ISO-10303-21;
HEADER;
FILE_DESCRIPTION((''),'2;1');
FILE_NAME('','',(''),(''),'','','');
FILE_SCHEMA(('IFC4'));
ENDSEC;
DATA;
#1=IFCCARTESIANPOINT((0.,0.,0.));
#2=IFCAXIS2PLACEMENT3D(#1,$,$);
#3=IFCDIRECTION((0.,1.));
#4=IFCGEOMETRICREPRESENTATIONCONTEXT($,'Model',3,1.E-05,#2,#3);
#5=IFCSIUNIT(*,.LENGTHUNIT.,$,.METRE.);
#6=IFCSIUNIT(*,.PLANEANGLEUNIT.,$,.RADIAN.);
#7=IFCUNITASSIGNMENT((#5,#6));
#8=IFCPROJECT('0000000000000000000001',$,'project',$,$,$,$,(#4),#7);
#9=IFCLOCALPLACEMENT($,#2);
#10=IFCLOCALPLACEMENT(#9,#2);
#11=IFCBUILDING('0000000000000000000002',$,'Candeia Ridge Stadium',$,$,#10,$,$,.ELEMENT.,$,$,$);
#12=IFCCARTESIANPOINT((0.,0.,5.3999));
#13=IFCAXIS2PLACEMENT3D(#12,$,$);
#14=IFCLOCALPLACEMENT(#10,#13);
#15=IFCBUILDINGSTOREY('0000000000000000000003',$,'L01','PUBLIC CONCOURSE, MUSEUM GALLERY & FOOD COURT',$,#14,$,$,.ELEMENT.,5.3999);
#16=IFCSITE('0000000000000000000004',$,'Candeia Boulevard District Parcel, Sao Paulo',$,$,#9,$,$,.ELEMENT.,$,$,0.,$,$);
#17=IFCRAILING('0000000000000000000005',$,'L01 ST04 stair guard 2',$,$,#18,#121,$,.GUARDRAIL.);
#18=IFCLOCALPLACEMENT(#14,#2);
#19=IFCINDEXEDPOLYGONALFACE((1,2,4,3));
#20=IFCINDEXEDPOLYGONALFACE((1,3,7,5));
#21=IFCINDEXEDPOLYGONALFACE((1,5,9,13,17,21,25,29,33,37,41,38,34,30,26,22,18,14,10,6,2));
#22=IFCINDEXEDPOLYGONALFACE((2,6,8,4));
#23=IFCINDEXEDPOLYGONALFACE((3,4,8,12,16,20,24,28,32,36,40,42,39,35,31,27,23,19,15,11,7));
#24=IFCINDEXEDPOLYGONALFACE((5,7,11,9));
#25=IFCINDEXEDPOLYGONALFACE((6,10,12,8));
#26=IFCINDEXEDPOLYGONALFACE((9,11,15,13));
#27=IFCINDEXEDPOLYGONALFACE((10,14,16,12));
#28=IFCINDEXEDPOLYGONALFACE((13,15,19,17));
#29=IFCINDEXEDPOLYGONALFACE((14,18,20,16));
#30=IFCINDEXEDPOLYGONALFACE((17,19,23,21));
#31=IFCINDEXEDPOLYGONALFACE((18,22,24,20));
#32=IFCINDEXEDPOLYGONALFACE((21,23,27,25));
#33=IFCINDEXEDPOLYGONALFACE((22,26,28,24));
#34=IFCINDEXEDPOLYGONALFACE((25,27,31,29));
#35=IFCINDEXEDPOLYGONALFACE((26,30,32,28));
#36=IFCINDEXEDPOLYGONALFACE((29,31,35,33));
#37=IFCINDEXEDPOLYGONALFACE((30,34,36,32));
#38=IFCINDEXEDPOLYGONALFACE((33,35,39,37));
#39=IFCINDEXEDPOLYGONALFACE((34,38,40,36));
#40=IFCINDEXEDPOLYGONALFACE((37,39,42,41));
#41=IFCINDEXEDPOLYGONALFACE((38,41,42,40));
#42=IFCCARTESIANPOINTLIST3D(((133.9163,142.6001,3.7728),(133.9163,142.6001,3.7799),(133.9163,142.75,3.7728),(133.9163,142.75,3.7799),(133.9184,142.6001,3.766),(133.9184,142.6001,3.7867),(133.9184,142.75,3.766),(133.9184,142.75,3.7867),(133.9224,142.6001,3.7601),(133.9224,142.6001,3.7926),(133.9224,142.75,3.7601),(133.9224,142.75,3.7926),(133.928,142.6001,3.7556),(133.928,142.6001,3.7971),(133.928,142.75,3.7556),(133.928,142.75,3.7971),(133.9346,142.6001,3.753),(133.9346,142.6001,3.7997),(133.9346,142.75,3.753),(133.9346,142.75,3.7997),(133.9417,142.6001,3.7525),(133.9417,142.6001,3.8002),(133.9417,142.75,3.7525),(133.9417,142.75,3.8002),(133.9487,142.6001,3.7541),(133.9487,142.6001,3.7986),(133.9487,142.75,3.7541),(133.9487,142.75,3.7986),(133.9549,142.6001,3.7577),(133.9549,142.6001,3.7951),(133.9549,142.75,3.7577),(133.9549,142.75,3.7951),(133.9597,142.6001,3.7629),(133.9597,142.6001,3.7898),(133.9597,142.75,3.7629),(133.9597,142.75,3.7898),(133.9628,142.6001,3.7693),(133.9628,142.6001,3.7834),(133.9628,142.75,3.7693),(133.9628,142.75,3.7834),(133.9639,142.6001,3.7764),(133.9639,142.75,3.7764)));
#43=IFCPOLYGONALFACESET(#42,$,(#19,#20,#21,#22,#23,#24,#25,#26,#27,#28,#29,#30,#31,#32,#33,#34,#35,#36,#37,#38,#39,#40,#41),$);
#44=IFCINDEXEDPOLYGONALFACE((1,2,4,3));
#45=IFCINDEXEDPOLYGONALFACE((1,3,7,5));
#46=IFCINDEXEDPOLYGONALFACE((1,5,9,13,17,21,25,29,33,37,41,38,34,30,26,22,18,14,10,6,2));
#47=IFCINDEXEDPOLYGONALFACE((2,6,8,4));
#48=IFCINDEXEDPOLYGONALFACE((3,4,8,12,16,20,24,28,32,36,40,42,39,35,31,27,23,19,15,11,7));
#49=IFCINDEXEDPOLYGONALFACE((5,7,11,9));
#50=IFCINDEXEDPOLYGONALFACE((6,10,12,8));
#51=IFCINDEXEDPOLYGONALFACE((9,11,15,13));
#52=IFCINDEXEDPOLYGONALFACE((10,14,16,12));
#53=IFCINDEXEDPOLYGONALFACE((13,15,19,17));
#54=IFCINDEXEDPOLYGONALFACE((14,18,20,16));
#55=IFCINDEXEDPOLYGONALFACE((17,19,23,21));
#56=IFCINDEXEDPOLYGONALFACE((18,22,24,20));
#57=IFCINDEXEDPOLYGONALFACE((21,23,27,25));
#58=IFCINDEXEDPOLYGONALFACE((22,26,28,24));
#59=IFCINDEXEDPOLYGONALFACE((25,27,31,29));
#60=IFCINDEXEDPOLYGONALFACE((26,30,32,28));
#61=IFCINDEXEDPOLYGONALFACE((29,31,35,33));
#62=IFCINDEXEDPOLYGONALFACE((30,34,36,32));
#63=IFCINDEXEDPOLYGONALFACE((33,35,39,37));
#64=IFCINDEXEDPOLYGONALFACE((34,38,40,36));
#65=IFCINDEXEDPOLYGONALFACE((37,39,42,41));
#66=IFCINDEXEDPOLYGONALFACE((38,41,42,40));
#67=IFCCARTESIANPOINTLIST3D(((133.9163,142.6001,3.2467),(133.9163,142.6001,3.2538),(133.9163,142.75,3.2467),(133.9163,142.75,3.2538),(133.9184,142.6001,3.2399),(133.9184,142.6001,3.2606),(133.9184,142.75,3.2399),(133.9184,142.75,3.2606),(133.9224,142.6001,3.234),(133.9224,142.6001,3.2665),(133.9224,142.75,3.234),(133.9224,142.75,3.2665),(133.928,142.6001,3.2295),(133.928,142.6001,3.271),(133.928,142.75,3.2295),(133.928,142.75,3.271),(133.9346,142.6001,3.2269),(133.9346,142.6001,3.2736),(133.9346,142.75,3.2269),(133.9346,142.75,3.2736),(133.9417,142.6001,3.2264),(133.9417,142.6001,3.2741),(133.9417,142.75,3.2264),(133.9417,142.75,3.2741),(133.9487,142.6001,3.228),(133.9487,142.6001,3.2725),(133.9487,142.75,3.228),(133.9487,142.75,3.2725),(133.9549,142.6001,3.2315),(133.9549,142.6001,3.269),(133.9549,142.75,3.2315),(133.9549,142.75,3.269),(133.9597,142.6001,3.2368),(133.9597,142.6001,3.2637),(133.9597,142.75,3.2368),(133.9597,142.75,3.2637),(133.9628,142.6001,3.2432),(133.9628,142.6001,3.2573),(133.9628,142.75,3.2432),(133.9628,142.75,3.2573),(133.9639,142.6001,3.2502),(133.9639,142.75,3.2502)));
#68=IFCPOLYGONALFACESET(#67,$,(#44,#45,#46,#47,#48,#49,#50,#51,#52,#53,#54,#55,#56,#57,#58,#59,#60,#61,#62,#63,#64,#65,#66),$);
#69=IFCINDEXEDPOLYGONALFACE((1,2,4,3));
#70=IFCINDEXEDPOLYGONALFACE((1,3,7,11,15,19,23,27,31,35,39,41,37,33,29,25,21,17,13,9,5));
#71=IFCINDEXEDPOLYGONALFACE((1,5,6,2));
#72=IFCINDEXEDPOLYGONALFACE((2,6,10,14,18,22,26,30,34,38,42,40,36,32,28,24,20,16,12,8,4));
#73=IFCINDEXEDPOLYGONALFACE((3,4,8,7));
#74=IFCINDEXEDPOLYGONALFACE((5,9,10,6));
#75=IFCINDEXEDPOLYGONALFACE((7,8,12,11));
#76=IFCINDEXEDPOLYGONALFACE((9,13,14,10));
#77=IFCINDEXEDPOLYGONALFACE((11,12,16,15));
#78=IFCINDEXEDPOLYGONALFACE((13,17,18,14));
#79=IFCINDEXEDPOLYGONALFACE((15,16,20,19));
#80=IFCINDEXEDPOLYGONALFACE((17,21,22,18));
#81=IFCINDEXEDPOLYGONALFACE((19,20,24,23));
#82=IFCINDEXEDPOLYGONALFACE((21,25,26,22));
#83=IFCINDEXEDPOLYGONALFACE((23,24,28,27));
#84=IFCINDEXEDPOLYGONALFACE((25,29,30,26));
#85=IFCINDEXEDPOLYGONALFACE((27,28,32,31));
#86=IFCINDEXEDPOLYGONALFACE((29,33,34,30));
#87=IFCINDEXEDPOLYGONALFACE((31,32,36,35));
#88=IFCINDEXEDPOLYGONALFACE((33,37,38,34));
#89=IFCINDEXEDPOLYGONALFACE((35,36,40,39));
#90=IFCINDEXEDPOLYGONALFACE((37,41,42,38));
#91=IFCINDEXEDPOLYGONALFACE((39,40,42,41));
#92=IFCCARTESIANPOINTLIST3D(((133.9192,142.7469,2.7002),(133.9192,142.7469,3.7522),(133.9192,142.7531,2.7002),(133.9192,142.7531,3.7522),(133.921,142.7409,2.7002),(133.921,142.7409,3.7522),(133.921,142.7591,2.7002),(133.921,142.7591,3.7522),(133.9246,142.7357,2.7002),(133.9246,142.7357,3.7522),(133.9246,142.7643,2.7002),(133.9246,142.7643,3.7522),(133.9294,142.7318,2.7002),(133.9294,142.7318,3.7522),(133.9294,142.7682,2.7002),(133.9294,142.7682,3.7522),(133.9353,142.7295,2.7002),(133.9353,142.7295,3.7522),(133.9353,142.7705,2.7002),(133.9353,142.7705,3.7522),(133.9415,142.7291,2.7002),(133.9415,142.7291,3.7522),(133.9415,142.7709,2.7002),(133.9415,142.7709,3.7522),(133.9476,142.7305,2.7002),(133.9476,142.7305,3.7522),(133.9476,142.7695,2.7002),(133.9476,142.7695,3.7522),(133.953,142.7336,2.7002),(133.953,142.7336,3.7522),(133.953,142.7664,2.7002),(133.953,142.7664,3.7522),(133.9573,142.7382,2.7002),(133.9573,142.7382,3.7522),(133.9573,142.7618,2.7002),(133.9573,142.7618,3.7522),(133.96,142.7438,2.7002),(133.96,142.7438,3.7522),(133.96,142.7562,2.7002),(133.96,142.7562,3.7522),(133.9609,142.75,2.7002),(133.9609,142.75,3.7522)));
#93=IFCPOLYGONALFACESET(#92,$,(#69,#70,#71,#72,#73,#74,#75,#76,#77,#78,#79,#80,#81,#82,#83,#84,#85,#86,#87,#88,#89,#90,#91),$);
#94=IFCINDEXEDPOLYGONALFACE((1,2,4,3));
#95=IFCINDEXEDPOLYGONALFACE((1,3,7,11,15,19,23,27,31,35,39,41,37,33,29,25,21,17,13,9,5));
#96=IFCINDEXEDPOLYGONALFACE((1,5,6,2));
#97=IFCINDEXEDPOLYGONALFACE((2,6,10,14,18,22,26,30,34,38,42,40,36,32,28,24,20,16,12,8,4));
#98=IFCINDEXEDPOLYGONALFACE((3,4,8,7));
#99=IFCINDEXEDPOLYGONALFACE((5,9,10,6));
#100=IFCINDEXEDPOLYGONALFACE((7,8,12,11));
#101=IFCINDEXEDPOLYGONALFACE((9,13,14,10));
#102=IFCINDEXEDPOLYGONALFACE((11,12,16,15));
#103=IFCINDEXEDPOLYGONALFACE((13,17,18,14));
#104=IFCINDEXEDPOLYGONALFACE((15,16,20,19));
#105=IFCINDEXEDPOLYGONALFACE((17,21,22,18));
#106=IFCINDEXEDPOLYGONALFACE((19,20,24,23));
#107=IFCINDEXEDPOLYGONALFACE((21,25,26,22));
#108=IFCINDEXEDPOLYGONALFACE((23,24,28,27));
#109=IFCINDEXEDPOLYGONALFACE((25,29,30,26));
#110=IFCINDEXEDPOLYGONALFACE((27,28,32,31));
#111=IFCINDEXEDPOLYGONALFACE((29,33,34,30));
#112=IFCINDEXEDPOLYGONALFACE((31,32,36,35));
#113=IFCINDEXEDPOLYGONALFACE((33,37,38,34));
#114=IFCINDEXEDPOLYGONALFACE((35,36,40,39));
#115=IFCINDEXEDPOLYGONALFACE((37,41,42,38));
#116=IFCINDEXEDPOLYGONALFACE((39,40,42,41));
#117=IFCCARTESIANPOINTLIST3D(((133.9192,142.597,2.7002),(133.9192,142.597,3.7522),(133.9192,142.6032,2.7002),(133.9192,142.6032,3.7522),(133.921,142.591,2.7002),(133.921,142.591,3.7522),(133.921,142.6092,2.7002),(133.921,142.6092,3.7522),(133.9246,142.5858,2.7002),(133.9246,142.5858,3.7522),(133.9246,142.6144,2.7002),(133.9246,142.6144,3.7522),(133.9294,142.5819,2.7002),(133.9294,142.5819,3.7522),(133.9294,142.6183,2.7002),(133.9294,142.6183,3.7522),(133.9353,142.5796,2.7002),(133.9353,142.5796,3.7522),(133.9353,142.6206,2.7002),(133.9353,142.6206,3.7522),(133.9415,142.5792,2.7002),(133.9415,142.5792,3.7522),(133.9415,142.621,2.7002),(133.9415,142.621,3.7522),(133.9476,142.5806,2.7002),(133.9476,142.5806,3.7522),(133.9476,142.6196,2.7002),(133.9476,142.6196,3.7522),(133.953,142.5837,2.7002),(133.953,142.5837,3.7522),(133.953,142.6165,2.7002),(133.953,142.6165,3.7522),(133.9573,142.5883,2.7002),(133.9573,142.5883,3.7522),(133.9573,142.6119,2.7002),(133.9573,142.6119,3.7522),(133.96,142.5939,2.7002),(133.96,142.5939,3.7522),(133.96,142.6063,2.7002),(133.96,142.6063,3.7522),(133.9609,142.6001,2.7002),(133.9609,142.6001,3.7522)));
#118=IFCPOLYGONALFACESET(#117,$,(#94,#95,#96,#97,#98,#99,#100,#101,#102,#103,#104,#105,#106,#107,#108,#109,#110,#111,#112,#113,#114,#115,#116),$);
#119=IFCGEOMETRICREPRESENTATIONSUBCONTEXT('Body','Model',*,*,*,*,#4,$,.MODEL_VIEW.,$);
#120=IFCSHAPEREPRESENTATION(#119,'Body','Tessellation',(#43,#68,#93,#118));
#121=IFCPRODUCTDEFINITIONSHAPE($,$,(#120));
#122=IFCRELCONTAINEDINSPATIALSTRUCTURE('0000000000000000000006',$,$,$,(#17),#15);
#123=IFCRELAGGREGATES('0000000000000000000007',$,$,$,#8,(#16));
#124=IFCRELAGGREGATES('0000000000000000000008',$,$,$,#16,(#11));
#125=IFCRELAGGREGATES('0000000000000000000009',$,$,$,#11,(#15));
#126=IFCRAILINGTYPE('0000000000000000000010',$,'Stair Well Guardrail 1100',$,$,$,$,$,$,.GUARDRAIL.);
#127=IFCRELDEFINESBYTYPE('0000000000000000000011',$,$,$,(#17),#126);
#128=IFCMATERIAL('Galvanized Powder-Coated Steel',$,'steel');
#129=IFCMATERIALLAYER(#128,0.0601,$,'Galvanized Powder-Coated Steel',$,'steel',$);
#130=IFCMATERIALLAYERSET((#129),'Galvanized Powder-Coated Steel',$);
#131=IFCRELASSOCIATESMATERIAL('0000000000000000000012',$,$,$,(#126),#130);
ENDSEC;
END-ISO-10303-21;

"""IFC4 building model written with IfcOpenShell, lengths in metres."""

from ifc_helpers import new_model, si_unit, direction, frame, origin, origin_2d, place, context, subcontext, project, spatial, circle, extrude, material, layer, layer_set, type_object, element, save


model = new_model("IFC4")

# Units and contexts
model_context = context("Model", 3, precision=1e-05, world=origin(), true_north=direction((0.0, 1.0)))
body_context = subcontext(model_context, "Body", "Model", "MODEL_VIEW")
ifc_project = project(units=[si_unit("LENGTHUNIT", "METRE"), si_unit("PLANEANGLEUNIT", "RADIAN")], contexts=[model_context])

# Site, building, storey
site_placement = place(None, origin())
site = spatial("IfcSite", under=ifc_project, at=site_placement, Name="Candeia Boulevard District Parcel, Sao Paulo", CompositionType="ELEMENT", RefElevation=0.0)
building_placement = place(site_placement, origin())
building = spatial("IfcBuilding", under=site, at=building_placement, Name="Candeia Ridge Stadium", CompositionType="ELEMENT")
storey_placement = place(building_placement, frame((0.0, 0.0, 5.3999)))
storey = spatial("IfcBuildingStorey", under=building, at=storey_placement, Name="L01", Description="PUBLIC CONCOURSE, MUSEUM GALLERY & FOOD COURT", CompositionType="ELEMENT", Elevation=5.3999)

# Railing
ifc_material_1 = material(Name="Galvanized Powder-Coated Steel", Category="steel")
ifc_layer_1 = layer(ifc_material_1, 0.0601, Name="Galvanized Powder-Coated Steel", Category="steel")
ifc_layer_set_1 = layer_set([ifc_layer_1], Name="Galvanized Powder-Coated Steel")
railing_type_1 = type_object("IfcRailingType", Name="Stair Well Guardrail 1100", PredefinedType="GUARDRAIL", material=ifc_layer_set_1)
railing_1_placement = place(storey_placement, frame((133.9399, 142.75, 2.7002)))
element("IfcRailing", 1, at=railing_1_placement, inside=storey, type_object=railing_type_1, Name="L01 ST04 stair guard 2", PredefinedType="GUARDRAIL", context=body_context, shape_type="SweptSolid", body=[
    extrude(circle(Radius=0.0239, at=origin_2d()), frame((0.0, 0.0, 1.0762), z_axis=(0.0, -1.0, 0.0), x_axis=(1.0, 0.0, 0.0)), (0.0, 0.0, 1.0), 0.1499),
    extrude(circle(Radius=0.0239, at=origin_2d()), frame((0.0, 0.0, 0.55), z_axis=(0.0, -1.0, 0.0), x_axis=(1.0, 0.0, 0.0)), (0.0, 0.0, 1.0), 0.1499),
    extrude(circle(Radius=0.021, at=origin_2d()), origin(), (0.0, 0.0, 1.0), 1.052),
    extrude(circle(Radius=0.021, at=origin_2d()), frame((0.0, -0.1499, 0.0)), (0.0, 0.0, 1.0), 1.052),
])

save(model, "model.ifc")
